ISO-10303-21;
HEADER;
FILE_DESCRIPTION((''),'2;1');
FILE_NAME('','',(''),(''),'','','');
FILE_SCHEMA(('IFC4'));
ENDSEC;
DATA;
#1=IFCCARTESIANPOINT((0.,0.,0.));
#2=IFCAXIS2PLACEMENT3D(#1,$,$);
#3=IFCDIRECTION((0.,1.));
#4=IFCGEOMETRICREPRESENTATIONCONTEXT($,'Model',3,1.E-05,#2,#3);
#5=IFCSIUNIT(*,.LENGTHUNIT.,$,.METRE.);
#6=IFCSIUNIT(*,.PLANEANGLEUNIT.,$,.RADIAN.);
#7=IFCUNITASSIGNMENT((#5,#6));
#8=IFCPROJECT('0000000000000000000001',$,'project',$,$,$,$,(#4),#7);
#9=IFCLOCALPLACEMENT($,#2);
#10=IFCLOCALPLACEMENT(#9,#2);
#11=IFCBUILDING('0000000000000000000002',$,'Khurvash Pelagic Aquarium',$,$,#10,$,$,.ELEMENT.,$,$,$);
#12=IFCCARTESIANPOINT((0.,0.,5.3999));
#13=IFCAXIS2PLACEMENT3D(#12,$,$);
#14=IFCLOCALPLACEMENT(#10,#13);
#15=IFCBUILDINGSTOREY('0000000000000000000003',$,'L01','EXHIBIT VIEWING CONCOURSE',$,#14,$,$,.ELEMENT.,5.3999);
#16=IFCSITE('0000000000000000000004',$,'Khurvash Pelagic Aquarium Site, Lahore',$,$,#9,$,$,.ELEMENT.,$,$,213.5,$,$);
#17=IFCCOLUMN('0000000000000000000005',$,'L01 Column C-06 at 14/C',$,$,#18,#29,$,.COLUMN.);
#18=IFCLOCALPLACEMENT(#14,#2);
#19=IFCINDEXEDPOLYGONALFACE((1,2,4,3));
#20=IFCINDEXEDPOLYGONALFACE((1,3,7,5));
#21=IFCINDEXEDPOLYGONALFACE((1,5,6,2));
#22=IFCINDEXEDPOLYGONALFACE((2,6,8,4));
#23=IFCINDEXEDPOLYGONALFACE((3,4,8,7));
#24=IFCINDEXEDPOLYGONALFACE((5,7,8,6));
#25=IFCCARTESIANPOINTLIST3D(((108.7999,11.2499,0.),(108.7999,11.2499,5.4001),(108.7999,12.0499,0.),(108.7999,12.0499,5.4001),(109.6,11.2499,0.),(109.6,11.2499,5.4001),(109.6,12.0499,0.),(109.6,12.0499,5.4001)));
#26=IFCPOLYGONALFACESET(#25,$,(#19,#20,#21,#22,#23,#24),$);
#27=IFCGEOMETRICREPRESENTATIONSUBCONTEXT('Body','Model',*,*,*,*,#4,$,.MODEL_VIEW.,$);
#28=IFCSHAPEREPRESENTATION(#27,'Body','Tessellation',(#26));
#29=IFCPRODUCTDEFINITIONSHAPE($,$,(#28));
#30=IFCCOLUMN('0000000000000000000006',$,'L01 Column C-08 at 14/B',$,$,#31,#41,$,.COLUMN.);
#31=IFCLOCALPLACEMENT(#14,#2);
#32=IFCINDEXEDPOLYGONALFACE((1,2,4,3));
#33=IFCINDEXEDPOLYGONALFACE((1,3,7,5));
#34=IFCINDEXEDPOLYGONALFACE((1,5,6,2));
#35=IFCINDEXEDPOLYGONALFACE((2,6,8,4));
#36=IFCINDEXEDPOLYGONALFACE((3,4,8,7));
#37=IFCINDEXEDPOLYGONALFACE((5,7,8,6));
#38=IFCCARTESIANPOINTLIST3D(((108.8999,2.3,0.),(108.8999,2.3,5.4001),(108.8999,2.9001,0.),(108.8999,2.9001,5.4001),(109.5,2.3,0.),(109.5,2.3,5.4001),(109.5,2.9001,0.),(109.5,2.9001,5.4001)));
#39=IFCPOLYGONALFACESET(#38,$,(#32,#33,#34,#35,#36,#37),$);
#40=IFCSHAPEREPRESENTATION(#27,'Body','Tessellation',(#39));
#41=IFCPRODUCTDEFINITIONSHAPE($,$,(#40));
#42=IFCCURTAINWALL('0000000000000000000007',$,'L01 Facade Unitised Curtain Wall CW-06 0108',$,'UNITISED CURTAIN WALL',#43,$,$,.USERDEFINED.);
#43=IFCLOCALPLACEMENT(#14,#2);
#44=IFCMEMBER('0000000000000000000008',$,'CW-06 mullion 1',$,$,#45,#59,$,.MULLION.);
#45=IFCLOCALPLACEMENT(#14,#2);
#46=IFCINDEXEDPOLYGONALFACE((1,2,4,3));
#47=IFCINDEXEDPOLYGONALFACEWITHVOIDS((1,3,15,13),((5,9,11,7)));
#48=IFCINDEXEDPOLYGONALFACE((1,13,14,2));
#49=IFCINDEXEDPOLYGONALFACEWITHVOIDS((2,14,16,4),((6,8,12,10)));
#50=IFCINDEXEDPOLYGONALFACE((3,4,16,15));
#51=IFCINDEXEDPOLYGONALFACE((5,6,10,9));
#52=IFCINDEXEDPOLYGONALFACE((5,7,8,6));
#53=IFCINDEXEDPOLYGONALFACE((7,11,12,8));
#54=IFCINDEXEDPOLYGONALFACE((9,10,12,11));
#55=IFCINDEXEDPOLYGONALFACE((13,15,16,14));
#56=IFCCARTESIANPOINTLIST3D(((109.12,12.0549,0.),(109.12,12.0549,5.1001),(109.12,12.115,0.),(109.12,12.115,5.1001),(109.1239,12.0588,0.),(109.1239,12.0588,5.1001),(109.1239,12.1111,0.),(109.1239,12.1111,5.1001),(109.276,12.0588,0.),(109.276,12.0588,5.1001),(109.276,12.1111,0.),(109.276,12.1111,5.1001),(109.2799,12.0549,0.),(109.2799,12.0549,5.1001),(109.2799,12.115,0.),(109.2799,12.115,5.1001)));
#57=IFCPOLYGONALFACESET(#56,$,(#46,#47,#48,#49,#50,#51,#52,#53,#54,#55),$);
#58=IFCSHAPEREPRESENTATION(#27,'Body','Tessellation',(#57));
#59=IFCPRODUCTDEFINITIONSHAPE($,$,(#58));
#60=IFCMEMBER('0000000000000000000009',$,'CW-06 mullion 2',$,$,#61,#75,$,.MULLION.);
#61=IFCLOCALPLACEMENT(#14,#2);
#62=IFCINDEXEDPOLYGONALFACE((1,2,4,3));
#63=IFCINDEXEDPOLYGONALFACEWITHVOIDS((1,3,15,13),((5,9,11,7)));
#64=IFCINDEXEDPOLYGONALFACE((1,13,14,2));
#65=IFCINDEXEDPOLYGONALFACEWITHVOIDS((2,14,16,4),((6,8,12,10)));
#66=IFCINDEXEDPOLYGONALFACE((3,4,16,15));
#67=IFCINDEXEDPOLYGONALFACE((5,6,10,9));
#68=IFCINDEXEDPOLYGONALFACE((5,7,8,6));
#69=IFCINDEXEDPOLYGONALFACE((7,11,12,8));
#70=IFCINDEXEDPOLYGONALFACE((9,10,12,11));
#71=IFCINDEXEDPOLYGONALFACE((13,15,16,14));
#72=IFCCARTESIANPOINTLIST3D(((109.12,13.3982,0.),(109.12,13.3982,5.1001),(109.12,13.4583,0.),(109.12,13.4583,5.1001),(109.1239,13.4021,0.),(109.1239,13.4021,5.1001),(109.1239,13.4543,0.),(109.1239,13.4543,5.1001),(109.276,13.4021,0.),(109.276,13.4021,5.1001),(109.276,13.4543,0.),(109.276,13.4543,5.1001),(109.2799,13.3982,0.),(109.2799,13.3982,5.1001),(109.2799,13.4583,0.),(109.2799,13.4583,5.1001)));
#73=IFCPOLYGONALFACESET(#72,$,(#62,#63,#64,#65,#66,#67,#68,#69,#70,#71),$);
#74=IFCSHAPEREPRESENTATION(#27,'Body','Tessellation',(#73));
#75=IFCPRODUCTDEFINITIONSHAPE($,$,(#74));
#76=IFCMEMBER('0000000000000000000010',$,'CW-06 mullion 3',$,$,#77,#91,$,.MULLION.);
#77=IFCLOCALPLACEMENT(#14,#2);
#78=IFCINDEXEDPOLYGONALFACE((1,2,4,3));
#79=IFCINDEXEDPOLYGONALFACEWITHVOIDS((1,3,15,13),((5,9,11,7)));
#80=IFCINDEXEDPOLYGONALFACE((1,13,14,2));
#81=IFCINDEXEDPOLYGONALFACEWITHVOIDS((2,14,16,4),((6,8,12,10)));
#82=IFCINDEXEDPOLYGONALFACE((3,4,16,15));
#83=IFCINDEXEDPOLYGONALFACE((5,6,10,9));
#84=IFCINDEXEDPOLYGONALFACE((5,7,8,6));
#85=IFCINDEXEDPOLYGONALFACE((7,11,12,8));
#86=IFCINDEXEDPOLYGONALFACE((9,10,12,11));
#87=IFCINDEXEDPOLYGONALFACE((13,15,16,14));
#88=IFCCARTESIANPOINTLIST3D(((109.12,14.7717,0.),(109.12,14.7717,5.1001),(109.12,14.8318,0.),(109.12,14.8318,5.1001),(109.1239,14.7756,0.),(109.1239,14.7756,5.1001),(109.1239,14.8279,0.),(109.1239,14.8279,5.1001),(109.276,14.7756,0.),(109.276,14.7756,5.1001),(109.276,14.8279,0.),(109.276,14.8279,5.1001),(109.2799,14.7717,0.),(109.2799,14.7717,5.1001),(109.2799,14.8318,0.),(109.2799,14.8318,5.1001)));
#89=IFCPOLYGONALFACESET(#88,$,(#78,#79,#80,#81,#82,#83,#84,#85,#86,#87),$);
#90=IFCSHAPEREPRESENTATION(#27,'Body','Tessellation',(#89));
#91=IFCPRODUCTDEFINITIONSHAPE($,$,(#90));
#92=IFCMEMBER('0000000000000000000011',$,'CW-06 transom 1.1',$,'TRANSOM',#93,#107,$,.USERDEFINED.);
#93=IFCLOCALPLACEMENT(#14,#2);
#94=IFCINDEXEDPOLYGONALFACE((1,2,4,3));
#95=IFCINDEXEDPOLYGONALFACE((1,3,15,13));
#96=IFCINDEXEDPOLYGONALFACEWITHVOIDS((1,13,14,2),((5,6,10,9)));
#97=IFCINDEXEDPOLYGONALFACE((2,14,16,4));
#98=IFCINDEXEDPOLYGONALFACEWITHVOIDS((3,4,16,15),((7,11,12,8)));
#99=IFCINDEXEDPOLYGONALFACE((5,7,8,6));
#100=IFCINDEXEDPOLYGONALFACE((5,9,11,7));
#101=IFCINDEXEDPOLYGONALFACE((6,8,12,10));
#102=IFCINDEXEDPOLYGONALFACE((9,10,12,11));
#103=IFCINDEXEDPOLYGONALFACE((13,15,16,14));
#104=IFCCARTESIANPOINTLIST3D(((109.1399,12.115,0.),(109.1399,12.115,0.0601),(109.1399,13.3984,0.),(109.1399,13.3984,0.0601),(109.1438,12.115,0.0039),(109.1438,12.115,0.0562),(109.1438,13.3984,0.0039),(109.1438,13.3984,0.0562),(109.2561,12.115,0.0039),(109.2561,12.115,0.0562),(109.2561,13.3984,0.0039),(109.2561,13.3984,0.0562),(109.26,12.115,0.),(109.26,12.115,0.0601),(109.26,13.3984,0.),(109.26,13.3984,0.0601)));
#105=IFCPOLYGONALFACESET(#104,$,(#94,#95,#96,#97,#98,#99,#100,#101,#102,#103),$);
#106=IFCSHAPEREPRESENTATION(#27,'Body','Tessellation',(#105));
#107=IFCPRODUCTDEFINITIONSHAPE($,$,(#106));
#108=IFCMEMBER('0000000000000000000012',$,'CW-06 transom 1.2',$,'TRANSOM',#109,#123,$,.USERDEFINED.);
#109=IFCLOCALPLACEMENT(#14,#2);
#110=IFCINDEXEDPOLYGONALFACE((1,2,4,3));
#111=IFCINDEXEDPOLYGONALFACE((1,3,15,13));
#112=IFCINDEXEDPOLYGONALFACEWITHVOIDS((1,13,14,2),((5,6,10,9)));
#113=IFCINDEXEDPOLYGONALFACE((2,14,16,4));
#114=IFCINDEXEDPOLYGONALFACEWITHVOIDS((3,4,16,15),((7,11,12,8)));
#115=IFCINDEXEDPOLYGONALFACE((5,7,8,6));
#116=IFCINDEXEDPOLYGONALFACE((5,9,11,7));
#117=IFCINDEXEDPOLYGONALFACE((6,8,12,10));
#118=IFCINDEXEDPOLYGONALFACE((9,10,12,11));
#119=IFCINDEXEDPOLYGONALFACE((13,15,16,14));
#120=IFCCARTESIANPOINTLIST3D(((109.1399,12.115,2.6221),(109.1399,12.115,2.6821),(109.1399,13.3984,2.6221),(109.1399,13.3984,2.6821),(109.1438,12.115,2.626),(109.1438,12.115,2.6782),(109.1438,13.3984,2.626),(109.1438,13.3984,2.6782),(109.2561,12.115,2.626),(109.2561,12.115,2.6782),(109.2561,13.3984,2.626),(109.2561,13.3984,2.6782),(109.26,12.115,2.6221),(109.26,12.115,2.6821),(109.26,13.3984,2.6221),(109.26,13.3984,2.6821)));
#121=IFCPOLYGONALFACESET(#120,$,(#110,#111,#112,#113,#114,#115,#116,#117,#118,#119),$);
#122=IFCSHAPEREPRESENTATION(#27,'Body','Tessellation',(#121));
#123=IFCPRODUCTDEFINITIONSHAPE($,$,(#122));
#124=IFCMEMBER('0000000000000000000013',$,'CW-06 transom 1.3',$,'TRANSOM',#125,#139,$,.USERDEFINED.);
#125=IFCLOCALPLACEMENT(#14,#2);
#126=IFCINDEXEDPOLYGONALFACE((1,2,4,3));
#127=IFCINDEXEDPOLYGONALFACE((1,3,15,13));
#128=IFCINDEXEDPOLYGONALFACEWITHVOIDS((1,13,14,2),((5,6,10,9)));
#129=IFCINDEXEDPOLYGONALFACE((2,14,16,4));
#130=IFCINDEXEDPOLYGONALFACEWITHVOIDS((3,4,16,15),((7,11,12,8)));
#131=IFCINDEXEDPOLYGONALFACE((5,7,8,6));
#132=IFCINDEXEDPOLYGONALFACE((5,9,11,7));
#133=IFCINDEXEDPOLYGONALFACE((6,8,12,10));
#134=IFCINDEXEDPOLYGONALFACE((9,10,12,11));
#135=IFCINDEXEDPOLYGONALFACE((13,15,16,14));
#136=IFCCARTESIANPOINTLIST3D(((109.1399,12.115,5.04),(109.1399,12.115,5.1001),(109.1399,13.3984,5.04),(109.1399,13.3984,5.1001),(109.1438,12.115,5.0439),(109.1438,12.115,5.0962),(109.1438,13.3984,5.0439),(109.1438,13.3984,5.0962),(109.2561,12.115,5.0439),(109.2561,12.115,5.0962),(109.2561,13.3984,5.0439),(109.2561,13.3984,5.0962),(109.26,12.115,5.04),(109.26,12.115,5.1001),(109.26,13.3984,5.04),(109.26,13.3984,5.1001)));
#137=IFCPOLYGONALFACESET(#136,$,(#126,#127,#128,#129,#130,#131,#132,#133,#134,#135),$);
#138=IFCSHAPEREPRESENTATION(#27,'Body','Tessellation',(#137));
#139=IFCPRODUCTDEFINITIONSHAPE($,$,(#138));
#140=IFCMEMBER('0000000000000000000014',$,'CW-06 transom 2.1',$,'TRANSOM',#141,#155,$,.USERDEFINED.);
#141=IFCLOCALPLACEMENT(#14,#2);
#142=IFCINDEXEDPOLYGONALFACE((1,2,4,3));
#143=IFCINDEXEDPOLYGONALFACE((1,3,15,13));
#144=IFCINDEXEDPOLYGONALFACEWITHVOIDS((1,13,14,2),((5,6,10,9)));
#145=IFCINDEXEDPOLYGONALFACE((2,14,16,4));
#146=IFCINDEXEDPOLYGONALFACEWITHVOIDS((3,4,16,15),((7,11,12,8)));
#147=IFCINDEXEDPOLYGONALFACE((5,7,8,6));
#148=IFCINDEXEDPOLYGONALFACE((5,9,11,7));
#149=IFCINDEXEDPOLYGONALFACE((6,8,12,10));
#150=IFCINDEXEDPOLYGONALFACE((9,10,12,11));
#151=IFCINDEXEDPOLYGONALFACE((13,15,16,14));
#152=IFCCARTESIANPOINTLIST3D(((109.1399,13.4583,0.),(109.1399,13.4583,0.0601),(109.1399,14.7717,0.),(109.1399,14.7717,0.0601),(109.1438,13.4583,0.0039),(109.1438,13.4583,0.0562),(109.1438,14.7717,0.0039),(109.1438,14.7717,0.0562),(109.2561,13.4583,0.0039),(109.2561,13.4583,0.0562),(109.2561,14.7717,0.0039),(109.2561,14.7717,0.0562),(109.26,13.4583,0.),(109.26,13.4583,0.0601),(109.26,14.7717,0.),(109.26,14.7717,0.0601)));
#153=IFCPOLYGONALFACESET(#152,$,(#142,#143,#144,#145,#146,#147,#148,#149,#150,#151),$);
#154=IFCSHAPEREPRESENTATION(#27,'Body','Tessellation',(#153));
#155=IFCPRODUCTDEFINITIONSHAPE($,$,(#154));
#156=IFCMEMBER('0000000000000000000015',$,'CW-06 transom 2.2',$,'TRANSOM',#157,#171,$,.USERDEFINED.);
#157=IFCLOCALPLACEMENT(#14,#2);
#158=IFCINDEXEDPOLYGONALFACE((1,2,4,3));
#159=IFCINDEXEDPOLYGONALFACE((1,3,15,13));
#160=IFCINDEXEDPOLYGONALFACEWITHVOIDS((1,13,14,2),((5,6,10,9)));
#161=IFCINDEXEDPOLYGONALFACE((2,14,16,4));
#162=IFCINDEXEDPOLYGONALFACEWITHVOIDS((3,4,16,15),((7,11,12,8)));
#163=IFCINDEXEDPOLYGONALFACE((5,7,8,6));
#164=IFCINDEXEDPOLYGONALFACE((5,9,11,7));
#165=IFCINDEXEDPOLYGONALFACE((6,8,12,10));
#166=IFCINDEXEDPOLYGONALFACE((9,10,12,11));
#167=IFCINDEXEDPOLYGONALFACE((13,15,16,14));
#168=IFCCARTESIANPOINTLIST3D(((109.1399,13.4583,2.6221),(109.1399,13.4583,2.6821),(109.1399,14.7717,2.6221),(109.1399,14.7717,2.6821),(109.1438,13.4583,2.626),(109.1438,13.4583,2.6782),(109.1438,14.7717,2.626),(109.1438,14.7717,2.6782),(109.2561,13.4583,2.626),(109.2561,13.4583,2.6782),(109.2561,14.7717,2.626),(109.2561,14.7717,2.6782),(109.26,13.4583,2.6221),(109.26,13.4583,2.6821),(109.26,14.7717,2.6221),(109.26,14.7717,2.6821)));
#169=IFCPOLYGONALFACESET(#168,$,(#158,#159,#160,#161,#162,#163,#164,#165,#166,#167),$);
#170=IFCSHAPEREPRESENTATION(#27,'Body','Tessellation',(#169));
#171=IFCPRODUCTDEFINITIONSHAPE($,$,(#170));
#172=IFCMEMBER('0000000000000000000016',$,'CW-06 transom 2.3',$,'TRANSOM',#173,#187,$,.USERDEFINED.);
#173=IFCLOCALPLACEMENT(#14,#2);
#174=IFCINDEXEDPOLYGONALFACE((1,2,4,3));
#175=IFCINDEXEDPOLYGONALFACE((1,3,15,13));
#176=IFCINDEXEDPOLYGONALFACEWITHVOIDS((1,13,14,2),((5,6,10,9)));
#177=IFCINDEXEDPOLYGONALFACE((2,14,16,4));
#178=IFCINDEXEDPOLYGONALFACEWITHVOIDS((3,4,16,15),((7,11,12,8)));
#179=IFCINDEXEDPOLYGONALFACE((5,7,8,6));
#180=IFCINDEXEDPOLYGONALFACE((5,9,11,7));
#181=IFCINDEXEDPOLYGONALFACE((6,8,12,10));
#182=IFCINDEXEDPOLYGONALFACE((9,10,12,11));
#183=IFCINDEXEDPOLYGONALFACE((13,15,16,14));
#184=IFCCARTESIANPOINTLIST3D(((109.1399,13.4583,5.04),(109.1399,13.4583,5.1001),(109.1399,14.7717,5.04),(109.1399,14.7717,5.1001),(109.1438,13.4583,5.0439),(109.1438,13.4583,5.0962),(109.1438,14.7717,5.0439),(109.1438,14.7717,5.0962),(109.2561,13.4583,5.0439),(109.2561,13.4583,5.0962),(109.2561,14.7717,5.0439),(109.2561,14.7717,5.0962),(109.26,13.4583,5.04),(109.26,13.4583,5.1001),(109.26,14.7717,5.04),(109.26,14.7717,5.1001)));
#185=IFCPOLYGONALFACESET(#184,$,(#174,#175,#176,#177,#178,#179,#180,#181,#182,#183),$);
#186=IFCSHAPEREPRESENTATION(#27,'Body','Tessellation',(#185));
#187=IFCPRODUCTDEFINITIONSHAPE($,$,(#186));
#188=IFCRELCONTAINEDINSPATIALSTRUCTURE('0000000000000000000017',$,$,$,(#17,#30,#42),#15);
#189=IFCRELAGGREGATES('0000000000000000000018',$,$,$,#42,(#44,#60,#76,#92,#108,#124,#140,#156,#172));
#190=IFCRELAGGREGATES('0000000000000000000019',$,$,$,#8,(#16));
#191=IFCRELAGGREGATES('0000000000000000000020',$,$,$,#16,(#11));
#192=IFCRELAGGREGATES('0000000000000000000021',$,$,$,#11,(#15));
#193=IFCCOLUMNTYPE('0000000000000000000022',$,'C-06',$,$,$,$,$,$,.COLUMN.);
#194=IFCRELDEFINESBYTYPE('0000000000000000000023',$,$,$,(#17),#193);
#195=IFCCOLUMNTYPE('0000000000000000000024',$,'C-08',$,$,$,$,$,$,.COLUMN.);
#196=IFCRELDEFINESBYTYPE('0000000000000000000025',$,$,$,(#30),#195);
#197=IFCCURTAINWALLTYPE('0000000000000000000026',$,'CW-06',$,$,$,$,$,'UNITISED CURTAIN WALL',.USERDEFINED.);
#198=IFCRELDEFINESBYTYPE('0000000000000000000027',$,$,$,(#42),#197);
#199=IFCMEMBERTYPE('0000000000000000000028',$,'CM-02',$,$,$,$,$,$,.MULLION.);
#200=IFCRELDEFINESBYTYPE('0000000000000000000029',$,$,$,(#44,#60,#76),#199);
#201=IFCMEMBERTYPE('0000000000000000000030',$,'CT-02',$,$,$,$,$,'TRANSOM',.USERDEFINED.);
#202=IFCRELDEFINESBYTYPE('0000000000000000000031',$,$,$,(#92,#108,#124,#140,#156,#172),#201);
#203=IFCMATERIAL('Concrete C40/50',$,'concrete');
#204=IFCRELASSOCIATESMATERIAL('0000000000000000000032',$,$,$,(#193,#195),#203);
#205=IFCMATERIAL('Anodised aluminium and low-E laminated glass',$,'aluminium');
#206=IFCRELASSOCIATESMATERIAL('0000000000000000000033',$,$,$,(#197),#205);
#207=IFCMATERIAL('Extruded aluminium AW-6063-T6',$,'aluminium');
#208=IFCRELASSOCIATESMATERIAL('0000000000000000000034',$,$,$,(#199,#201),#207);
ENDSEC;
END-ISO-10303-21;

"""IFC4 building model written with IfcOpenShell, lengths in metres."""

from ifc_helpers import new_model, si_unit, direction, frame, origin, origin_2d, place, context, subcontext, project, spatial, rectangle, hollow_rectangle, extrude, material, material_profile, profile_set, type_object, element, aggregate, save


model = new_model("IFC4")

# Units and contexts
model_context = context("Model", 3, precision=1e-05, world=origin(), true_north=direction((0.0, 1.0)))
body_context = subcontext(model_context, "Body", "Model", "MODEL_VIEW")
ifc_project = project(units=[si_unit("LENGTHUNIT", "METRE"), si_unit("PLANEANGLEUNIT", "RADIAN")], contexts=[model_context])

# Site, building, storey
site_placement = place(None, origin())
site = spatial("IfcSite", under=ifc_project, at=site_placement, Name="Khurvash Pelagic Aquarium Site, Lahore", CompositionType="ELEMENT", RefElevation=213.5)
building_placement = place(site_placement, origin())
building = spatial("IfcBuilding", under=site, at=building_placement, Name="Khurvash Pelagic Aquarium", CompositionType="ELEMENT")
storey_placement = place(building_placement, frame((0.0, 0.0, 5.3999)))
storey = spatial("IfcBuildingStorey", under=building, at=storey_placement, Name="L01", Description="EXHIBIT VIEWING CONCOURSE", CompositionType="ELEMENT", Elevation=5.3999)

# Columns
ifc_material_1 = material(Name="Concrete C40/50", Category="concrete")
ifc_material_profile_1 = material_profile(ifc_material_1, rectangle(XDim=0.8, YDim=0.8, at=origin_2d()), Name="RC800X800")
ifc_profile_set_1 = profile_set([ifc_material_profile_1], Name="Concrete C40/50")
column_type_1 = type_object("IfcColumnType", Name="C-06", PredefinedType="COLUMN", material=ifc_profile_set_1)
column_1_placement = place(storey_placement, frame((109.2, 11.6499, 0.0), z_axis=(0.0, 0.0, 1.0), x_axis=(1.0, 0.0, 0.0)))
element("IfcColumn", 1, at=column_1_placement, inside=storey, type_object=column_type_1, Name="L01 Column C-06 at 14/C", PredefinedType="COLUMN", context=body_context, shape_type="SweptSolid", body=[
    extrude(rectangle(XDim=0.8, YDim=0.8, at=origin_2d()), origin(), (0.0, 0.0, 1.0), 5.4001),
])
ifc_material_profile_2 = material_profile(ifc_material_1, rectangle(XDim=0.6001, YDim=0.6001, at=origin_2d()), Name="RC600X600")
ifc_profile_set_2 = profile_set([ifc_material_profile_2], Name="Concrete C40/50")
column_type_2 = type_object("IfcColumnType", Name="C-08", PredefinedType="COLUMN", material=ifc_profile_set_2)
column_2_placement = place(storey_placement, frame((109.2, 2.6001, 0.0), z_axis=(0.0, 0.0, 1.0), x_axis=(1.0, 0.0, 0.0)))
element("IfcColumn", 2, at=column_2_placement, inside=storey, type_object=column_type_2, Name="L01 Column C-08 at 14/B", PredefinedType="COLUMN", context=body_context, shape_type="SweptSolid", body=[
    extrude(rectangle(XDim=0.6001, YDim=0.6001, at=origin_2d()), origin(), (0.0, 0.0, 1.0), 5.4001),
])

# Curtain wall, members
ifc_material_2 = material(Name="Anodised aluminium and low-E laminated glass", Category="aluminium")
curtain_wall_type = type_object("IfcCurtainWallType", Name="CW-06", ElementType="UNITISED CURTAIN WALL", PredefinedType="USERDEFINED", material=ifc_material_2)
curtain_wall_placement = place(storey_placement, origin())
curtain_wall = element("IfcCurtainWall", 3, at=curtain_wall_placement, inside=storey, type_object=curtain_wall_type, Name="L01 Facade Unitised Curtain Wall CW-06 0108", ObjectType="UNITISED CURTAIN WALL", PredefinedType="USERDEFINED")
ifc_material_3 = material(Name="Extruded aluminium AW-6063-T6", Category="aluminium")
ifc_material_profile_3 = material_profile(ifc_material_3, hollow_rectangle(XDim=0.0601, YDim=0.1599, WallThickness=0.0039, at=origin_2d()), Name="CWM60X160X4")
ifc_profile_set_3 = profile_set([ifc_material_profile_3], Name="Extruded aluminium AW-6063-T6")
member_type_1 = type_object("IfcMemberType", Name="CM-02", PredefinedType="MULLION", material=ifc_profile_set_3)
member_1_placement = place(storey_placement, frame((109.2, 12.085, 0.0), z_axis=(0.0, 0.0, 1.0), x_axis=(0.0, 1.0, 0.0)))
member_1 = element("IfcMember", 4, at=member_1_placement, type_object=member_type_1, Name="CW-06 mullion 1", PredefinedType="MULLION", context=body_context, shape_type="SweptSolid", body=[
    extrude(hollow_rectangle(XDim=0.0601, YDim=0.1599, WallThickness=0.0039, at=origin_2d()), origin(), (0.0, 0.0, 1.0), 5.1001),
])
member_2_placement = place(storey_placement, frame((109.2, 13.4282, 0.0), z_axis=(0.0, 0.0, 1.0), x_axis=(0.0, 1.0, 0.0)))
member_2 = element("IfcMember", 5, at=member_2_placement, type_object=member_type_1, Name="CW-06 mullion 2", PredefinedType="MULLION", context=body_context, shape_type="SweptSolid", body=[
    extrude(hollow_rectangle(XDim=0.0601, YDim=0.1599, WallThickness=0.0039, at=origin_2d()), origin(), (0.0, 0.0, 1.0), 5.1001),
])
member_3_placement = place(storey_placement, frame((109.2, 14.8018, 0.0), z_axis=(0.0, 0.0, 1.0), x_axis=(0.0, 1.0, 0.0)))
member_3 = element("IfcMember", 6, at=member_3_placement, type_object=member_type_1, Name="CW-06 mullion 3", PredefinedType="MULLION", context=body_context, shape_type="SweptSolid", body=[
    extrude(hollow_rectangle(XDim=0.0601, YDim=0.1599, WallThickness=0.0039, at=origin_2d()), origin(), (0.0, 0.0, 1.0), 5.1001),
])
ifc_material_profile_4 = material_profile(ifc_material_3, hollow_rectangle(XDim=0.1201, YDim=0.0601, WallThickness=0.0039, at=origin_2d()), Name="CWT120X60X4")
ifc_profile_set_4 = profile_set([ifc_material_profile_4], Name="Extruded aluminium AW-6063-T6")
member_type_2 = type_object("IfcMemberType", Name="CT-02", ElementType="TRANSOM", PredefinedType="USERDEFINED", material=ifc_profile_set_4)
member_4_placement = place(storey_placement, frame((109.2, 12.115, 0.03), z_axis=(0.0, 1.0, 0.0), x_axis=(-1.0, 0.0, 0.0)))
member_4 = element("IfcMember", 7, at=member_4_placement, type_object=member_type_2, Name="CW-06 transom 1.1", ObjectType="TRANSOM", PredefinedType="USERDEFINED", context=body_context, shape_type="SweptSolid", body=[
    extrude(hollow_rectangle(XDim=0.1201, YDim=0.0601, WallThickness=0.0039, at=origin_2d()), origin(), (0.0, 0.0, 1.0), 1.2834),
])
member_5_placement = place(storey_placement, frame((109.2, 12.115, 2.6521), z_axis=(0.0, 1.0, 0.0), x_axis=(-1.0, 0.0, 0.0)))
member_5 = element("IfcMember", 8, at=member_5_placement, type_object=member_type_2, Name="CW-06 transom 1.2", ObjectType="TRANSOM", PredefinedType="USERDEFINED", context=body_context, shape_type="SweptSolid", body=[
    extrude(hollow_rectangle(XDim=0.1201, YDim=0.0601, WallThickness=0.0039, at=origin_2d()), origin(), (0.0, 0.0, 1.0), 1.2834),
])
member_6_placement = place(storey_placement, frame((109.2, 12.115, 5.0701), z_axis=(0.0, 1.0, 0.0), x_axis=(-1.0, 0.0, 0.0)))
member_6 = element("IfcMember", 9, at=member_6_placement, type_object=member_type_2, Name="CW-06 transom 1.3", ObjectType="TRANSOM", PredefinedType="USERDEFINED", context=body_context, shape_type="SweptSolid", body=[
    extrude(hollow_rectangle(XDim=0.1201, YDim=0.0601, WallThickness=0.0039, at=origin_2d()), origin(), (0.0, 0.0, 1.0), 1.2834),
])
member_7_placement = place(storey_placement, frame((109.2, 13.4583, 0.03), z_axis=(0.0, 1.0, 0.0), x_axis=(-1.0, 0.0, 0.0)))
member_7 = element("IfcMember", 10, at=member_7_placement, type_object=member_type_2, Name="CW-06 transom 2.1", ObjectType="TRANSOM", PredefinedType="USERDEFINED", context=body_context, shape_type="SweptSolid", body=[
    extrude(hollow_rectangle(XDim=0.1201, YDim=0.0601, WallThickness=0.0039, at=origin_2d()), origin(), (0.0, 0.0, 1.0), 1.3135),
])
member_8_placement = place(storey_placement, frame((109.2, 13.4583, 2.6521), z_axis=(0.0, 1.0, 0.0), x_axis=(-1.0, 0.0, 0.0)))
member_8 = element("IfcMember", 11, at=member_8_placement, type_object=member_type_2, Name="CW-06 transom 2.2", ObjectType="TRANSOM", PredefinedType="USERDEFINED", context=body_context, shape_type="SweptSolid", body=[
    extrude(hollow_rectangle(XDim=0.1201, YDim=0.0601, WallThickness=0.0039, at=origin_2d()), origin(), (0.0, 0.0, 1.0), 1.3135),
])
member_9_placement = place(storey_placement, frame((109.2, 13.4583, 5.0701), z_axis=(0.0, 1.0, 0.0), x_axis=(-1.0, 0.0, 0.0)))
member_9 = element("IfcMember", 12, at=member_9_placement, type_object=member_type_2, Name="CW-06 transom 2.3", ObjectType="TRANSOM", PredefinedType="USERDEFINED", context=body_context, shape_type="SweptSolid", body=[
    extrude(hollow_rectangle(XDim=0.1201, YDim=0.0601, WallThickness=0.0039, at=origin_2d()), origin(), (0.0, 0.0, 1.0), 1.3135),
])

aggregate(curtain_wall, [member_1, member_2, member_3, member_4, member_5, member_6, member_7, member_8, member_9])

save(model, "model.ifc")
